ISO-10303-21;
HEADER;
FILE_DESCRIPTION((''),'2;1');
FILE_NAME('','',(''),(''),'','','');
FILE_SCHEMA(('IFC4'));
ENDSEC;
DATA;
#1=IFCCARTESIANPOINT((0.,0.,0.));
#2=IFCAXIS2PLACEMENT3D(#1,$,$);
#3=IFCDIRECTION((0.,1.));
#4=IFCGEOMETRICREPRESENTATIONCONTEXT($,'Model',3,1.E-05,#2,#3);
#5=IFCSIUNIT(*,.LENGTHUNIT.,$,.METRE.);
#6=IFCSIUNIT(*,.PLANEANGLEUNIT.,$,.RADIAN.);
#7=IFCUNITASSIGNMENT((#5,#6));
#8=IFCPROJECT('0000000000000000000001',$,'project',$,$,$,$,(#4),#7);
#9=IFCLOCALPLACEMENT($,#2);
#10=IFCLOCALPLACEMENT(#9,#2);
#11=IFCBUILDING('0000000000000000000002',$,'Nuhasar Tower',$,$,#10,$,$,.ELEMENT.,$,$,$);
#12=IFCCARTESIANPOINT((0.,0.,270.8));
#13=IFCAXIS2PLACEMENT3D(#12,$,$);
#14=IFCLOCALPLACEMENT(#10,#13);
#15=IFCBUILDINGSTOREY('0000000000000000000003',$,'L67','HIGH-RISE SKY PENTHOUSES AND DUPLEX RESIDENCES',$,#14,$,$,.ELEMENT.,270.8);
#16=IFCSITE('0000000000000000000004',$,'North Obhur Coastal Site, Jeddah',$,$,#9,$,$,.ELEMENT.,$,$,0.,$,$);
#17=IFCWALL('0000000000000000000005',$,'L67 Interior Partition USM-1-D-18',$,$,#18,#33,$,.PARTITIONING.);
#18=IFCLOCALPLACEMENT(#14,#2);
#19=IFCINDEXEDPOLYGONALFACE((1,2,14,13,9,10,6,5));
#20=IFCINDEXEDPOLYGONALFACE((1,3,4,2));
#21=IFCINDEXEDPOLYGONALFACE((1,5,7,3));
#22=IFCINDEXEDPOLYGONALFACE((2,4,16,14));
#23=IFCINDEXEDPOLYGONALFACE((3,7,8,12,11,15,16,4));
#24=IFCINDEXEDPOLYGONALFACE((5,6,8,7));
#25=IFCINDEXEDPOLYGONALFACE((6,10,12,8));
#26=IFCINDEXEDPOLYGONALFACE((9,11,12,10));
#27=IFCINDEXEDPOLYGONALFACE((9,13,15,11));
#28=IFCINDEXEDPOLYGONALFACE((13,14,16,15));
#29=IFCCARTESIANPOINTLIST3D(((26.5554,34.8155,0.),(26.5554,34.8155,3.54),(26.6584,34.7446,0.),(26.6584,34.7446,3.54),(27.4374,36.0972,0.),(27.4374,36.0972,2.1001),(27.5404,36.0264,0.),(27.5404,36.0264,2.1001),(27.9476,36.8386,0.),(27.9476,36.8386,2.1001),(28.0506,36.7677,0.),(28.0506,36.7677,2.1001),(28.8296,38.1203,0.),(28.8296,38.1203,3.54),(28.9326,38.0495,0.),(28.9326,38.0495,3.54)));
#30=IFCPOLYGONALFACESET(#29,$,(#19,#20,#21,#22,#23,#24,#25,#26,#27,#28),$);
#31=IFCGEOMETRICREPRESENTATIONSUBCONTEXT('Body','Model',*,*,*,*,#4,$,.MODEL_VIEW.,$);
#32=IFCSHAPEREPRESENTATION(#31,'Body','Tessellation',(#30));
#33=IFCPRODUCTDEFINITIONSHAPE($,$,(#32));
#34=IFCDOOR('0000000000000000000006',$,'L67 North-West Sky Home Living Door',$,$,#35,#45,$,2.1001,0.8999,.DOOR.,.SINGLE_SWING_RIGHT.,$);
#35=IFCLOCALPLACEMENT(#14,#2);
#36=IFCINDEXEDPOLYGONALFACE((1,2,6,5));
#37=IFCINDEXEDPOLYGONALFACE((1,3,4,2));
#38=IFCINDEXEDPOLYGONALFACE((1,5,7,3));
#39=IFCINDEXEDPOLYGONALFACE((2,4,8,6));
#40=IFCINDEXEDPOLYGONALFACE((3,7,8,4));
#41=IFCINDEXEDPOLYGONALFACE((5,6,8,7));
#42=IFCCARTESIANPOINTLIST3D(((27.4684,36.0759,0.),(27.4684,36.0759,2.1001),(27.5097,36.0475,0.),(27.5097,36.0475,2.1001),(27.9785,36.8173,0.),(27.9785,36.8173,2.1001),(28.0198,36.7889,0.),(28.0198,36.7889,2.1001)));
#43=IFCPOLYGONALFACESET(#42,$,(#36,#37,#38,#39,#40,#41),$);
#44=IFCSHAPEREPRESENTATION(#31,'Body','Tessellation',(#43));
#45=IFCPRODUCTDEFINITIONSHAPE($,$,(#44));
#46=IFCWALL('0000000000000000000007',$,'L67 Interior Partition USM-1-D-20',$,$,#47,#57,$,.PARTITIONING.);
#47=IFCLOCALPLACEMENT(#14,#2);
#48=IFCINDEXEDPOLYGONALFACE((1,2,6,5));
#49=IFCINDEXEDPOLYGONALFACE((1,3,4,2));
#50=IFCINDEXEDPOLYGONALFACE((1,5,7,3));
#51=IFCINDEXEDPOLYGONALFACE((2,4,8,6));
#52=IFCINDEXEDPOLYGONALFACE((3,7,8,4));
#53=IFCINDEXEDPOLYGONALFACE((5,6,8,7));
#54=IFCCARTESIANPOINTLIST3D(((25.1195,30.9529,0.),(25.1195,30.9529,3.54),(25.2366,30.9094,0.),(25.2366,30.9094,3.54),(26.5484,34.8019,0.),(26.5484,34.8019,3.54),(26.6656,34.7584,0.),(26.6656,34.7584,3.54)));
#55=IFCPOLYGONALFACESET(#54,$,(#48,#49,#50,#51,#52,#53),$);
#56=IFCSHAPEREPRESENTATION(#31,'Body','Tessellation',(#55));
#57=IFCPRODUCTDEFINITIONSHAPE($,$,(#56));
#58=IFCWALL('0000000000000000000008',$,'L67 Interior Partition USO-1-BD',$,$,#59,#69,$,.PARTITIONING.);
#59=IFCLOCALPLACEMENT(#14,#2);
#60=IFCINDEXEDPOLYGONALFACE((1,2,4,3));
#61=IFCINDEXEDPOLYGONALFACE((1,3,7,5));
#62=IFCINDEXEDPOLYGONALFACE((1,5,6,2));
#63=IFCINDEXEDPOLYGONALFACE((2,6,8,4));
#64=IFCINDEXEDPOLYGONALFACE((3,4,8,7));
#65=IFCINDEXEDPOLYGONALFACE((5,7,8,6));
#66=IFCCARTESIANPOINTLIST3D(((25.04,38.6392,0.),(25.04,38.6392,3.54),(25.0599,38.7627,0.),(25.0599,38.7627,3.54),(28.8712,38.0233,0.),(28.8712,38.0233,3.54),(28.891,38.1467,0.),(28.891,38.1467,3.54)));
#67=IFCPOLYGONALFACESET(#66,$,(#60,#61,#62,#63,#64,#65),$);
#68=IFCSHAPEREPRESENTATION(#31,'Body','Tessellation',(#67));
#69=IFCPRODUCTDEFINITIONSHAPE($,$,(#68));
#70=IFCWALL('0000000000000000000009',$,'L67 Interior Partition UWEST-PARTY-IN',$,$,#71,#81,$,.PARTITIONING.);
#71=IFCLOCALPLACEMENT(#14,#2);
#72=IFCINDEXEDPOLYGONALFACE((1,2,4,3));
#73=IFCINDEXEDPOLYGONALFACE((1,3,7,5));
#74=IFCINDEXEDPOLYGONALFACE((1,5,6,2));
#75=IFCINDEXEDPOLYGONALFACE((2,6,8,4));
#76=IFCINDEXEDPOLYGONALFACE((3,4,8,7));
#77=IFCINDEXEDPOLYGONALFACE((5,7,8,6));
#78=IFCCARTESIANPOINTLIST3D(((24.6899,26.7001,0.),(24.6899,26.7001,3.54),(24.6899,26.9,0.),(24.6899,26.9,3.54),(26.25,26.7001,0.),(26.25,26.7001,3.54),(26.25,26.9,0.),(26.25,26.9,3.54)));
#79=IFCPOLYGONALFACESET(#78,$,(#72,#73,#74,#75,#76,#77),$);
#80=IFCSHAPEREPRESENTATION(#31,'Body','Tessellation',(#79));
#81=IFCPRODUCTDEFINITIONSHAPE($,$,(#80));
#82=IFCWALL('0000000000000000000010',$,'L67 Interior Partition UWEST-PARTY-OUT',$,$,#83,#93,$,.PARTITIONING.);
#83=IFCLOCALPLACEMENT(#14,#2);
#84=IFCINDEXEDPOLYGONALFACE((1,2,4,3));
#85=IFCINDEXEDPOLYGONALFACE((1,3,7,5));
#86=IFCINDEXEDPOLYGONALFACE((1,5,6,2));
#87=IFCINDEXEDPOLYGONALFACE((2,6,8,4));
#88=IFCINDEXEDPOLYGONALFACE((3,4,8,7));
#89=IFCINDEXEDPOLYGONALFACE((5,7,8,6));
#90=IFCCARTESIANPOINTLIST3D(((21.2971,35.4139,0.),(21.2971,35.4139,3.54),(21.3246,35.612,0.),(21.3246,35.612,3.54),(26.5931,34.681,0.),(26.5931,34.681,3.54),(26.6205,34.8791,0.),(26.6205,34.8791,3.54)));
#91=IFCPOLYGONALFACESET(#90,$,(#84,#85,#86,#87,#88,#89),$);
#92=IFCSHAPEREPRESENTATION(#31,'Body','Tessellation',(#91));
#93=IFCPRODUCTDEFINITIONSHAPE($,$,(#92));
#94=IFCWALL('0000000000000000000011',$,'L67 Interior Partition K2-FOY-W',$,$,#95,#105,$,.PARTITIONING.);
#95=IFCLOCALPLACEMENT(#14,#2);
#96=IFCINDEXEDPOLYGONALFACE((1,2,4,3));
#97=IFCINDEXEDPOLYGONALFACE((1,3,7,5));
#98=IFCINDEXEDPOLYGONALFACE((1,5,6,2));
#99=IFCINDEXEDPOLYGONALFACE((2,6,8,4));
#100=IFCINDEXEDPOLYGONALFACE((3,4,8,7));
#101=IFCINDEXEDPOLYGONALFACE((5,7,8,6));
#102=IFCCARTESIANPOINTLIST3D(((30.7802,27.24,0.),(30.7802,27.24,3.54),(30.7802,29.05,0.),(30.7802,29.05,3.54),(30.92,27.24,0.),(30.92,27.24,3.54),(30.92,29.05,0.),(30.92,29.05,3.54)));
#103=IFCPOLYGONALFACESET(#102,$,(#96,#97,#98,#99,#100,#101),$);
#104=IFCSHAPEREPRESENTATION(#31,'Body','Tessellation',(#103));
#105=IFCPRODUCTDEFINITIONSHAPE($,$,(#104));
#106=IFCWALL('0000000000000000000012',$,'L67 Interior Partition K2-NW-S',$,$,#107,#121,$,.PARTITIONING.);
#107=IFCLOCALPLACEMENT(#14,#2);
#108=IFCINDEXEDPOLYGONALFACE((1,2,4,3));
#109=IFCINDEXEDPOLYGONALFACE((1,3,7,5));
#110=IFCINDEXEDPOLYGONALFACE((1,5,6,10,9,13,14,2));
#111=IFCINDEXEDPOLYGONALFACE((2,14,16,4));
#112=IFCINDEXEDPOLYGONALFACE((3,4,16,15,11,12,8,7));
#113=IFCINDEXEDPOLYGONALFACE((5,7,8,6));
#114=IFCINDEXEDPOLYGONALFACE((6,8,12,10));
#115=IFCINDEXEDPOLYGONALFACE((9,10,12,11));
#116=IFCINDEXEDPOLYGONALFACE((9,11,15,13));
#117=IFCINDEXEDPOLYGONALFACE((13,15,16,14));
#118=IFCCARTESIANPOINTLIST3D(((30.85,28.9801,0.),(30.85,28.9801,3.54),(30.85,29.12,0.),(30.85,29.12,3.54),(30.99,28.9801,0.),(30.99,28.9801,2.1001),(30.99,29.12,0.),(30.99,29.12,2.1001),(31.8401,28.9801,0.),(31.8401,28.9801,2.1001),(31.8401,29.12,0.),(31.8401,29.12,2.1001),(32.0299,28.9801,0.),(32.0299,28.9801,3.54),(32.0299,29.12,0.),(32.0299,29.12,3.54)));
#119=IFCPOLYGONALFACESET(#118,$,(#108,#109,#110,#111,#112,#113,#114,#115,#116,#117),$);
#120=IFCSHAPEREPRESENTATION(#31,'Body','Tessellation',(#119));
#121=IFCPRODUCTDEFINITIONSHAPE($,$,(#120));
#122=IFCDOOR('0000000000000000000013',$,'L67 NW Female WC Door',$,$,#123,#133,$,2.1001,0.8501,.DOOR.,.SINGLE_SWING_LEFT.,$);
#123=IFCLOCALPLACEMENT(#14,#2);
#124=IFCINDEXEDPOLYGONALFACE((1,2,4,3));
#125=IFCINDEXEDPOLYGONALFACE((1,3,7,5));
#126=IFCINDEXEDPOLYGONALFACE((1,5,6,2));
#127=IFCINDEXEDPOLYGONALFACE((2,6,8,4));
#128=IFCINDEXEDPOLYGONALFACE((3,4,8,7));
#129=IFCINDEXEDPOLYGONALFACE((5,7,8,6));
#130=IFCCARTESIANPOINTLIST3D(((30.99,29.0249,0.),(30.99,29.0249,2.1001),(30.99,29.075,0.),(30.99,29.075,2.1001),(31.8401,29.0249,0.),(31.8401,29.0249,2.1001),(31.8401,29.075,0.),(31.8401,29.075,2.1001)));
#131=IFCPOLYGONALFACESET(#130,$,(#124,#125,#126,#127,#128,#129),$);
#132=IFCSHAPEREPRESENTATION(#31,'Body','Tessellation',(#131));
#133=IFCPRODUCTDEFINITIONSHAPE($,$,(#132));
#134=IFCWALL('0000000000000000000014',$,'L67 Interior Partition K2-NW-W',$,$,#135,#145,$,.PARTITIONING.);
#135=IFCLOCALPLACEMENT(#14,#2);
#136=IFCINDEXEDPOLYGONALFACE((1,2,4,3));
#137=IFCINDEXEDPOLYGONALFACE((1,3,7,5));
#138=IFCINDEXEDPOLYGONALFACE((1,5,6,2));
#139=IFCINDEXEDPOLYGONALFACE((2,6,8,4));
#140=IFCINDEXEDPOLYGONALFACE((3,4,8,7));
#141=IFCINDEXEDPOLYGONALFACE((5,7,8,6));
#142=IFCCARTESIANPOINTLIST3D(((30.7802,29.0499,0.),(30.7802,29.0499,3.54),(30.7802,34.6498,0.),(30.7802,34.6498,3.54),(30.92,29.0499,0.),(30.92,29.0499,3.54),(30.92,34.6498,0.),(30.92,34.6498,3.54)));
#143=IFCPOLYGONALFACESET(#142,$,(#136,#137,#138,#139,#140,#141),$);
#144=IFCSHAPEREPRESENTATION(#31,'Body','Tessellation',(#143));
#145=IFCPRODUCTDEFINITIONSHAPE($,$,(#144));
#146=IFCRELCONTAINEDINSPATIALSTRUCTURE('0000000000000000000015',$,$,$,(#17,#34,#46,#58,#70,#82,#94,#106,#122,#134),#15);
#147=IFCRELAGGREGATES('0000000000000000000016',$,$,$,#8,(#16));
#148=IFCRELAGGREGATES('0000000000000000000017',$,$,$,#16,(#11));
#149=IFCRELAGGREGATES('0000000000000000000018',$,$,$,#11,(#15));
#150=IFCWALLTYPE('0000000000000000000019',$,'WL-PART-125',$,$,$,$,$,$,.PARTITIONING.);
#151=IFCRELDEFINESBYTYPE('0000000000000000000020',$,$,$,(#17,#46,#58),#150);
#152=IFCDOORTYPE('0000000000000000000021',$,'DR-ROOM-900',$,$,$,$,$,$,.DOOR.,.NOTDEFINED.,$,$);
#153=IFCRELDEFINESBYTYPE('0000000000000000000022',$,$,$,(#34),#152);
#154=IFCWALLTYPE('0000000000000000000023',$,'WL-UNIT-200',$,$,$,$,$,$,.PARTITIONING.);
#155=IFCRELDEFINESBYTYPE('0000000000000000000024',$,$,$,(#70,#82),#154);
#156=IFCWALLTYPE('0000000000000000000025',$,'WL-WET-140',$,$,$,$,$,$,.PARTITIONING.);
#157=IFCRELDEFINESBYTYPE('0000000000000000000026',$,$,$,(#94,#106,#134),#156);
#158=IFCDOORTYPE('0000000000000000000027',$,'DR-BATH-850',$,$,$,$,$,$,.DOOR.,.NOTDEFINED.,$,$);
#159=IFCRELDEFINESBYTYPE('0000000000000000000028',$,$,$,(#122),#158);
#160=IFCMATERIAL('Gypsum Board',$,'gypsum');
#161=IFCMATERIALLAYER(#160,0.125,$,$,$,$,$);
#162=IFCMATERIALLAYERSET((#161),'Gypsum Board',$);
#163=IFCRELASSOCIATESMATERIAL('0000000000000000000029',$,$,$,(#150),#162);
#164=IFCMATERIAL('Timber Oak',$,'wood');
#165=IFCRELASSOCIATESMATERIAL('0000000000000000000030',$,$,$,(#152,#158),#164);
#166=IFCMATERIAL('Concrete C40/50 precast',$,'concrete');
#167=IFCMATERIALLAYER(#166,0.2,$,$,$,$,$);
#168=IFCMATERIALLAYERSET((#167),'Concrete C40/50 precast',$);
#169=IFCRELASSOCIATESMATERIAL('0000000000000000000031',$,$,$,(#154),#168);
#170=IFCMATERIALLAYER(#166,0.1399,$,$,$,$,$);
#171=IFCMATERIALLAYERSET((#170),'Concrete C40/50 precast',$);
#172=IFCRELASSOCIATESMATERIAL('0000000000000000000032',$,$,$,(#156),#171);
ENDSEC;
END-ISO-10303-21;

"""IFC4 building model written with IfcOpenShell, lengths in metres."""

from ifc_helpers import new_model, si_unit, direction, frame, frame_2d, origin, place, context, subcontext, project, spatial, rectangle, extrude, material, layer, layer_set, type_object, element, fill, save


model = new_model("IFC4")

# Units and contexts
model_context = context("Model", 3, precision=1e-05, world=origin(), true_north=direction((0.0, 1.0)))
body_context = subcontext(model_context, "Body", "Model", "MODEL_VIEW")
ifc_project = project(units=[si_unit("LENGTHUNIT", "METRE"), si_unit("PLANEANGLEUNIT", "RADIAN")], contexts=[model_context])

# Site, building, storey
site_placement = place(None, origin())
site = spatial("IfcSite", under=ifc_project, at=site_placement, Name="North Obhur Coastal Site, Jeddah", CompositionType="ELEMENT", RefElevation=0.0)
building_placement = place(site_placement, origin())
building = spatial("IfcBuilding", under=site, at=building_placement, Name="Nuhasar Tower", CompositionType="ELEMENT")
storey_placement = place(building_placement, frame((0.0, 0.0, 270.8)))
storey = spatial("IfcBuildingStorey", under=building, at=storey_placement, Name="L67", Description="HIGH-RISE SKY PENTHOUSES AND DUPLEX RESIDENCES", CompositionType="ELEMENT", Elevation=270.8)

# Shared definitions
ifc_material_1 = material(Name="Gypsum Board", Category="gypsum")
ifc_material_2 = material(Name="Timber Oak", Category="wood")

# Wall, opening, door
ifc_layer_1 = layer(ifc_material_1, 0.125)
ifc_layer_set_1 = layer_set([ifc_layer_1], Name="Gypsum Board")
wall_type_1 = type_object("IfcWallType", Name="WL-PART-125", PredefinedType="PARTITIONING", material=ifc_layer_set_1)
door_type_1 = type_object("IfcDoorType", Name="DR-ROOM-900", OperationType="NOTDEFINED", PredefinedType="DOOR", material=ifc_material_2)
wall_1_placement = place(storey_placement, frame((26.6069, 34.78, 0.0), z_axis=(0.0, 0.0, 1.0), x_axis=(0.566872, 0.823806, 0.0)))
wall_1 = element("IfcWall", 1, at=wall_1_placement, inside=storey, type_object=wall_type_1, Name="L67 Interior Partition USM-1-D-18", PredefinedType="PARTITIONING", context=body_context, shape_type="SweptSolid", body=[
    extrude(rectangle(XDim=4.0117, YDim=0.125, at=frame_2d((2.0059, 0.0))), origin(), (0.0, 0.0, 1.0), 3.54),
])
opening_1_placement = place(wall_1_placement, frame((1.5559, 0.0, 0.0)))
opening_1 = element("IfcOpeningElement", 2, at=opening_1_placement, cuts=wall_1, PredefinedType="OPENING", context=body_context, shape_type="SweptSolid", body=[
    extrude(rectangle(XDim=0.8999, YDim=2.1001, at=frame_2d((0.45, 1.05))), frame((0.0, 0.0725, 0.0), z_axis=(0.0, -1.0, 0.0), x_axis=(1.0, 0.0, 0.0)), (0.0, 0.0, 1.0), 0.145),
])
door_1_placement = place(opening_1_placement, origin())
door_1 = element("IfcDoor", 3, at=door_1_placement, inside=storey, type_object=door_type_1, Name="L67 North-West Sky Home Living Door", OperationType="SINGLE_SWING_RIGHT", OverallHeight=2.1001, OverallWidth=0.8999, PredefinedType="DOOR", context=body_context, shape_type="SweptSolid", body=[
    extrude(rectangle(XDim=0.8999, YDim=2.1001, at=frame_2d((0.45, 1.05))), frame((0.0, 0.0249, 0.0), z_axis=(0.0, -1.0, 0.0), x_axis=(1.0, 0.0, 0.0)), (0.0, 0.0, 1.0), 0.05),
])
fill(opening_1, door_1)

# Walls
wall_2_placement = place(storey_placement, frame((26.6069, 34.78, 0.0), z_axis=(0.0, 0.0, 1.0), x_axis=(-0.348033, -0.937482, 0.0)))
element("IfcWall", 4, at=wall_2_placement, inside=storey, type_object=wall_type_1, Name="L67 Interior Partition USM-1-D-20", PredefinedType="PARTITIONING", context=body_context, shape_type="SweptSolid", body=[
    extrude(rectangle(XDim=4.1057, YDim=0.125, at=frame_2d((2.0527, 0.0))), origin(), (0.0, 0.0, 1.0), 3.54),
])
wall_3_placement = place(storey_placement, frame((28.8811, 38.085, 0.0), z_axis=(0.0, 0.0, 1.0), x_axis=(-0.98732, 0.158744, 0.0)))
element("IfcWall", 5, at=wall_3_placement, inside=storey, type_object=wall_type_1, Name="L67 Interior Partition USO-1-BD", PredefinedType="PARTITIONING", context=body_context, shape_type="SweptSolid", body=[
    extrude(rectangle(XDim=3.8804, YDim=0.125, at=frame_2d((1.9402, 0.0))), origin(), (0.0, 0.0, 1.0), 3.54),
])
ifc_material_3 = material(Name="Concrete C40/50 precast", Category="concrete")
ifc_layer_2 = layer(ifc_material_3, 0.2)
ifc_layer_set_2 = layer_set([ifc_layer_2], Name="Concrete C40/50 precast")
wall_type_2 = type_object("IfcWallType", Name="WL-UNIT-200", PredefinedType="PARTITIONING", material=ifc_layer_set_2)
wall_4_placement = place(storey_placement, frame((26.25, 26.8, 0.0), z_axis=(0.0, 0.0, 1.0), x_axis=(-1.0, 0.0, 0.0)))
element("IfcWall", 6, at=wall_4_placement, inside=storey, type_object=wall_type_2, Name="L67 Interior Partition UWEST-PARTY-IN", PredefinedType="PARTITIONING", context=body_context, shape_type="SweptSolid", body=[
    extrude(rectangle(XDim=1.5601, YDim=0.2, at=frame_2d((0.78, 0.0))), origin(), (0.0, 0.0, 1.0), 3.54),
])
wall_5_placement = place(storey_placement, frame((26.6069, 34.78, 0.0), z_axis=(0.0, 0.0, 1.0), x_axis=(-0.990559, 0.137086, 0.0)))
element("IfcWall", 7, at=wall_5_placement, inside=storey, type_object=wall_type_2, Name="L67 Interior Partition UWEST-PARTY-OUT", PredefinedType="PARTITIONING", context=body_context, shape_type="SweptSolid", body=[
    extrude(rectangle(XDim=5.3464, YDim=0.2, at=frame_2d((2.6733, 0.0))), origin(), (0.0, 0.0, 1.0), 3.54),
])
ifc_layer_3 = layer(ifc_material_3, 0.1399)
ifc_layer_set_3 = layer_set([ifc_layer_3], Name="Concrete C40/50 precast")
wall_type_3 = type_object("IfcWallType", Name="WL-WET-140", PredefinedType="PARTITIONING", material=ifc_layer_set_3)
wall_6_placement = place(storey_placement, frame((30.8501, 27.24, 0.0), z_axis=(0.0, 0.0, 1.0), x_axis=(0.0, 1.0, 0.0)))
element("IfcWall", 8, at=wall_6_placement, inside=storey, type_object=wall_type_3, Name="L67 Interior Partition K2-FOY-W", PredefinedType="PARTITIONING", context=body_context, shape_type="SweptSolid", body=[
    extrude(rectangle(XDim=1.8101, YDim=0.1399, at=frame_2d((0.905, 0.0))), origin(), (0.0, 0.0, 1.0), 3.54),
])

# Wall, opening, door
wall_7_placement = place(storey_placement, frame((30.8501, 29.05, 0.0), z_axis=(0.0, 0.0, 1.0), x_axis=(1.0, 0.0, 0.0)))
wall_7 = element("IfcWall", 9, at=wall_7_placement, inside=storey, type_object=wall_type_3, Name="L67 Interior Partition K2-NW-S", PredefinedType="PARTITIONING", context=body_context, shape_type="SweptSolid", body=[
    extrude(rectangle(XDim=1.1799, YDim=0.1399, at=frame_2d((0.5898, 0.0))), origin(), (0.0, 0.0, 1.0), 3.54),
])
opening_2_placement = place(wall_7_placement, frame((0.1399, 0.0, 0.0)))
opening_2 = element("IfcOpeningElement", 10, at=opening_2_placement, cuts=wall_7, PredefinedType="OPENING", context=body_context, shape_type="SweptSolid", body=[
    extrude(rectangle(XDim=0.8501, YDim=2.1001, at=frame_2d((0.425, 1.05))), frame((0.0, 0.0801, 0.0), z_axis=(0.0, -1.0, 0.0), x_axis=(1.0, 0.0, 0.0)), (0.0, 0.0, 1.0), 0.1599),
])
door_type_2 = type_object("IfcDoorType", Name="DR-BATH-850", OperationType="NOTDEFINED", PredefinedType="DOOR", material=ifc_material_2)
door_2_placement = place(opening_2_placement, origin())
door_2 = element("IfcDoor", 11, at=door_2_placement, inside=storey, type_object=door_type_2, Name="L67 NW Female WC Door", OperationType="SINGLE_SWING_LEFT", OverallHeight=2.1001, OverallWidth=0.8501, PredefinedType="DOOR", context=body_context, shape_type="SweptSolid", body=[
    extrude(rectangle(XDim=0.8501, YDim=2.1001, at=frame_2d((0.425, 1.05))), frame((0.0, 0.0249, 0.0), z_axis=(0.0, -1.0, 0.0), x_axis=(1.0, 0.0, 0.0)), (0.0, 0.0, 1.0), 0.05),
])
fill(opening_2, door_2)

# Wall
wall_8_placement = place(storey_placement, frame((30.8501, 29.05, 0.0), z_axis=(0.0, 0.0, 1.0), x_axis=(0.0, 1.0, 0.0)))
element("IfcWall", 12, at=wall_8_placement, inside=storey, type_object=wall_type_3, Name="L67 Interior Partition K2-NW-W", PredefinedType="PARTITIONING", context=body_context, shape_type="SweptSolid", body=[
    extrude(rectangle(XDim=5.5999, YDim=0.1399, at=frame_2d((2.7998, 0.0))), origin(), (0.0, 0.0, 1.0), 3.54),
])

save(model, "model.ifc")
